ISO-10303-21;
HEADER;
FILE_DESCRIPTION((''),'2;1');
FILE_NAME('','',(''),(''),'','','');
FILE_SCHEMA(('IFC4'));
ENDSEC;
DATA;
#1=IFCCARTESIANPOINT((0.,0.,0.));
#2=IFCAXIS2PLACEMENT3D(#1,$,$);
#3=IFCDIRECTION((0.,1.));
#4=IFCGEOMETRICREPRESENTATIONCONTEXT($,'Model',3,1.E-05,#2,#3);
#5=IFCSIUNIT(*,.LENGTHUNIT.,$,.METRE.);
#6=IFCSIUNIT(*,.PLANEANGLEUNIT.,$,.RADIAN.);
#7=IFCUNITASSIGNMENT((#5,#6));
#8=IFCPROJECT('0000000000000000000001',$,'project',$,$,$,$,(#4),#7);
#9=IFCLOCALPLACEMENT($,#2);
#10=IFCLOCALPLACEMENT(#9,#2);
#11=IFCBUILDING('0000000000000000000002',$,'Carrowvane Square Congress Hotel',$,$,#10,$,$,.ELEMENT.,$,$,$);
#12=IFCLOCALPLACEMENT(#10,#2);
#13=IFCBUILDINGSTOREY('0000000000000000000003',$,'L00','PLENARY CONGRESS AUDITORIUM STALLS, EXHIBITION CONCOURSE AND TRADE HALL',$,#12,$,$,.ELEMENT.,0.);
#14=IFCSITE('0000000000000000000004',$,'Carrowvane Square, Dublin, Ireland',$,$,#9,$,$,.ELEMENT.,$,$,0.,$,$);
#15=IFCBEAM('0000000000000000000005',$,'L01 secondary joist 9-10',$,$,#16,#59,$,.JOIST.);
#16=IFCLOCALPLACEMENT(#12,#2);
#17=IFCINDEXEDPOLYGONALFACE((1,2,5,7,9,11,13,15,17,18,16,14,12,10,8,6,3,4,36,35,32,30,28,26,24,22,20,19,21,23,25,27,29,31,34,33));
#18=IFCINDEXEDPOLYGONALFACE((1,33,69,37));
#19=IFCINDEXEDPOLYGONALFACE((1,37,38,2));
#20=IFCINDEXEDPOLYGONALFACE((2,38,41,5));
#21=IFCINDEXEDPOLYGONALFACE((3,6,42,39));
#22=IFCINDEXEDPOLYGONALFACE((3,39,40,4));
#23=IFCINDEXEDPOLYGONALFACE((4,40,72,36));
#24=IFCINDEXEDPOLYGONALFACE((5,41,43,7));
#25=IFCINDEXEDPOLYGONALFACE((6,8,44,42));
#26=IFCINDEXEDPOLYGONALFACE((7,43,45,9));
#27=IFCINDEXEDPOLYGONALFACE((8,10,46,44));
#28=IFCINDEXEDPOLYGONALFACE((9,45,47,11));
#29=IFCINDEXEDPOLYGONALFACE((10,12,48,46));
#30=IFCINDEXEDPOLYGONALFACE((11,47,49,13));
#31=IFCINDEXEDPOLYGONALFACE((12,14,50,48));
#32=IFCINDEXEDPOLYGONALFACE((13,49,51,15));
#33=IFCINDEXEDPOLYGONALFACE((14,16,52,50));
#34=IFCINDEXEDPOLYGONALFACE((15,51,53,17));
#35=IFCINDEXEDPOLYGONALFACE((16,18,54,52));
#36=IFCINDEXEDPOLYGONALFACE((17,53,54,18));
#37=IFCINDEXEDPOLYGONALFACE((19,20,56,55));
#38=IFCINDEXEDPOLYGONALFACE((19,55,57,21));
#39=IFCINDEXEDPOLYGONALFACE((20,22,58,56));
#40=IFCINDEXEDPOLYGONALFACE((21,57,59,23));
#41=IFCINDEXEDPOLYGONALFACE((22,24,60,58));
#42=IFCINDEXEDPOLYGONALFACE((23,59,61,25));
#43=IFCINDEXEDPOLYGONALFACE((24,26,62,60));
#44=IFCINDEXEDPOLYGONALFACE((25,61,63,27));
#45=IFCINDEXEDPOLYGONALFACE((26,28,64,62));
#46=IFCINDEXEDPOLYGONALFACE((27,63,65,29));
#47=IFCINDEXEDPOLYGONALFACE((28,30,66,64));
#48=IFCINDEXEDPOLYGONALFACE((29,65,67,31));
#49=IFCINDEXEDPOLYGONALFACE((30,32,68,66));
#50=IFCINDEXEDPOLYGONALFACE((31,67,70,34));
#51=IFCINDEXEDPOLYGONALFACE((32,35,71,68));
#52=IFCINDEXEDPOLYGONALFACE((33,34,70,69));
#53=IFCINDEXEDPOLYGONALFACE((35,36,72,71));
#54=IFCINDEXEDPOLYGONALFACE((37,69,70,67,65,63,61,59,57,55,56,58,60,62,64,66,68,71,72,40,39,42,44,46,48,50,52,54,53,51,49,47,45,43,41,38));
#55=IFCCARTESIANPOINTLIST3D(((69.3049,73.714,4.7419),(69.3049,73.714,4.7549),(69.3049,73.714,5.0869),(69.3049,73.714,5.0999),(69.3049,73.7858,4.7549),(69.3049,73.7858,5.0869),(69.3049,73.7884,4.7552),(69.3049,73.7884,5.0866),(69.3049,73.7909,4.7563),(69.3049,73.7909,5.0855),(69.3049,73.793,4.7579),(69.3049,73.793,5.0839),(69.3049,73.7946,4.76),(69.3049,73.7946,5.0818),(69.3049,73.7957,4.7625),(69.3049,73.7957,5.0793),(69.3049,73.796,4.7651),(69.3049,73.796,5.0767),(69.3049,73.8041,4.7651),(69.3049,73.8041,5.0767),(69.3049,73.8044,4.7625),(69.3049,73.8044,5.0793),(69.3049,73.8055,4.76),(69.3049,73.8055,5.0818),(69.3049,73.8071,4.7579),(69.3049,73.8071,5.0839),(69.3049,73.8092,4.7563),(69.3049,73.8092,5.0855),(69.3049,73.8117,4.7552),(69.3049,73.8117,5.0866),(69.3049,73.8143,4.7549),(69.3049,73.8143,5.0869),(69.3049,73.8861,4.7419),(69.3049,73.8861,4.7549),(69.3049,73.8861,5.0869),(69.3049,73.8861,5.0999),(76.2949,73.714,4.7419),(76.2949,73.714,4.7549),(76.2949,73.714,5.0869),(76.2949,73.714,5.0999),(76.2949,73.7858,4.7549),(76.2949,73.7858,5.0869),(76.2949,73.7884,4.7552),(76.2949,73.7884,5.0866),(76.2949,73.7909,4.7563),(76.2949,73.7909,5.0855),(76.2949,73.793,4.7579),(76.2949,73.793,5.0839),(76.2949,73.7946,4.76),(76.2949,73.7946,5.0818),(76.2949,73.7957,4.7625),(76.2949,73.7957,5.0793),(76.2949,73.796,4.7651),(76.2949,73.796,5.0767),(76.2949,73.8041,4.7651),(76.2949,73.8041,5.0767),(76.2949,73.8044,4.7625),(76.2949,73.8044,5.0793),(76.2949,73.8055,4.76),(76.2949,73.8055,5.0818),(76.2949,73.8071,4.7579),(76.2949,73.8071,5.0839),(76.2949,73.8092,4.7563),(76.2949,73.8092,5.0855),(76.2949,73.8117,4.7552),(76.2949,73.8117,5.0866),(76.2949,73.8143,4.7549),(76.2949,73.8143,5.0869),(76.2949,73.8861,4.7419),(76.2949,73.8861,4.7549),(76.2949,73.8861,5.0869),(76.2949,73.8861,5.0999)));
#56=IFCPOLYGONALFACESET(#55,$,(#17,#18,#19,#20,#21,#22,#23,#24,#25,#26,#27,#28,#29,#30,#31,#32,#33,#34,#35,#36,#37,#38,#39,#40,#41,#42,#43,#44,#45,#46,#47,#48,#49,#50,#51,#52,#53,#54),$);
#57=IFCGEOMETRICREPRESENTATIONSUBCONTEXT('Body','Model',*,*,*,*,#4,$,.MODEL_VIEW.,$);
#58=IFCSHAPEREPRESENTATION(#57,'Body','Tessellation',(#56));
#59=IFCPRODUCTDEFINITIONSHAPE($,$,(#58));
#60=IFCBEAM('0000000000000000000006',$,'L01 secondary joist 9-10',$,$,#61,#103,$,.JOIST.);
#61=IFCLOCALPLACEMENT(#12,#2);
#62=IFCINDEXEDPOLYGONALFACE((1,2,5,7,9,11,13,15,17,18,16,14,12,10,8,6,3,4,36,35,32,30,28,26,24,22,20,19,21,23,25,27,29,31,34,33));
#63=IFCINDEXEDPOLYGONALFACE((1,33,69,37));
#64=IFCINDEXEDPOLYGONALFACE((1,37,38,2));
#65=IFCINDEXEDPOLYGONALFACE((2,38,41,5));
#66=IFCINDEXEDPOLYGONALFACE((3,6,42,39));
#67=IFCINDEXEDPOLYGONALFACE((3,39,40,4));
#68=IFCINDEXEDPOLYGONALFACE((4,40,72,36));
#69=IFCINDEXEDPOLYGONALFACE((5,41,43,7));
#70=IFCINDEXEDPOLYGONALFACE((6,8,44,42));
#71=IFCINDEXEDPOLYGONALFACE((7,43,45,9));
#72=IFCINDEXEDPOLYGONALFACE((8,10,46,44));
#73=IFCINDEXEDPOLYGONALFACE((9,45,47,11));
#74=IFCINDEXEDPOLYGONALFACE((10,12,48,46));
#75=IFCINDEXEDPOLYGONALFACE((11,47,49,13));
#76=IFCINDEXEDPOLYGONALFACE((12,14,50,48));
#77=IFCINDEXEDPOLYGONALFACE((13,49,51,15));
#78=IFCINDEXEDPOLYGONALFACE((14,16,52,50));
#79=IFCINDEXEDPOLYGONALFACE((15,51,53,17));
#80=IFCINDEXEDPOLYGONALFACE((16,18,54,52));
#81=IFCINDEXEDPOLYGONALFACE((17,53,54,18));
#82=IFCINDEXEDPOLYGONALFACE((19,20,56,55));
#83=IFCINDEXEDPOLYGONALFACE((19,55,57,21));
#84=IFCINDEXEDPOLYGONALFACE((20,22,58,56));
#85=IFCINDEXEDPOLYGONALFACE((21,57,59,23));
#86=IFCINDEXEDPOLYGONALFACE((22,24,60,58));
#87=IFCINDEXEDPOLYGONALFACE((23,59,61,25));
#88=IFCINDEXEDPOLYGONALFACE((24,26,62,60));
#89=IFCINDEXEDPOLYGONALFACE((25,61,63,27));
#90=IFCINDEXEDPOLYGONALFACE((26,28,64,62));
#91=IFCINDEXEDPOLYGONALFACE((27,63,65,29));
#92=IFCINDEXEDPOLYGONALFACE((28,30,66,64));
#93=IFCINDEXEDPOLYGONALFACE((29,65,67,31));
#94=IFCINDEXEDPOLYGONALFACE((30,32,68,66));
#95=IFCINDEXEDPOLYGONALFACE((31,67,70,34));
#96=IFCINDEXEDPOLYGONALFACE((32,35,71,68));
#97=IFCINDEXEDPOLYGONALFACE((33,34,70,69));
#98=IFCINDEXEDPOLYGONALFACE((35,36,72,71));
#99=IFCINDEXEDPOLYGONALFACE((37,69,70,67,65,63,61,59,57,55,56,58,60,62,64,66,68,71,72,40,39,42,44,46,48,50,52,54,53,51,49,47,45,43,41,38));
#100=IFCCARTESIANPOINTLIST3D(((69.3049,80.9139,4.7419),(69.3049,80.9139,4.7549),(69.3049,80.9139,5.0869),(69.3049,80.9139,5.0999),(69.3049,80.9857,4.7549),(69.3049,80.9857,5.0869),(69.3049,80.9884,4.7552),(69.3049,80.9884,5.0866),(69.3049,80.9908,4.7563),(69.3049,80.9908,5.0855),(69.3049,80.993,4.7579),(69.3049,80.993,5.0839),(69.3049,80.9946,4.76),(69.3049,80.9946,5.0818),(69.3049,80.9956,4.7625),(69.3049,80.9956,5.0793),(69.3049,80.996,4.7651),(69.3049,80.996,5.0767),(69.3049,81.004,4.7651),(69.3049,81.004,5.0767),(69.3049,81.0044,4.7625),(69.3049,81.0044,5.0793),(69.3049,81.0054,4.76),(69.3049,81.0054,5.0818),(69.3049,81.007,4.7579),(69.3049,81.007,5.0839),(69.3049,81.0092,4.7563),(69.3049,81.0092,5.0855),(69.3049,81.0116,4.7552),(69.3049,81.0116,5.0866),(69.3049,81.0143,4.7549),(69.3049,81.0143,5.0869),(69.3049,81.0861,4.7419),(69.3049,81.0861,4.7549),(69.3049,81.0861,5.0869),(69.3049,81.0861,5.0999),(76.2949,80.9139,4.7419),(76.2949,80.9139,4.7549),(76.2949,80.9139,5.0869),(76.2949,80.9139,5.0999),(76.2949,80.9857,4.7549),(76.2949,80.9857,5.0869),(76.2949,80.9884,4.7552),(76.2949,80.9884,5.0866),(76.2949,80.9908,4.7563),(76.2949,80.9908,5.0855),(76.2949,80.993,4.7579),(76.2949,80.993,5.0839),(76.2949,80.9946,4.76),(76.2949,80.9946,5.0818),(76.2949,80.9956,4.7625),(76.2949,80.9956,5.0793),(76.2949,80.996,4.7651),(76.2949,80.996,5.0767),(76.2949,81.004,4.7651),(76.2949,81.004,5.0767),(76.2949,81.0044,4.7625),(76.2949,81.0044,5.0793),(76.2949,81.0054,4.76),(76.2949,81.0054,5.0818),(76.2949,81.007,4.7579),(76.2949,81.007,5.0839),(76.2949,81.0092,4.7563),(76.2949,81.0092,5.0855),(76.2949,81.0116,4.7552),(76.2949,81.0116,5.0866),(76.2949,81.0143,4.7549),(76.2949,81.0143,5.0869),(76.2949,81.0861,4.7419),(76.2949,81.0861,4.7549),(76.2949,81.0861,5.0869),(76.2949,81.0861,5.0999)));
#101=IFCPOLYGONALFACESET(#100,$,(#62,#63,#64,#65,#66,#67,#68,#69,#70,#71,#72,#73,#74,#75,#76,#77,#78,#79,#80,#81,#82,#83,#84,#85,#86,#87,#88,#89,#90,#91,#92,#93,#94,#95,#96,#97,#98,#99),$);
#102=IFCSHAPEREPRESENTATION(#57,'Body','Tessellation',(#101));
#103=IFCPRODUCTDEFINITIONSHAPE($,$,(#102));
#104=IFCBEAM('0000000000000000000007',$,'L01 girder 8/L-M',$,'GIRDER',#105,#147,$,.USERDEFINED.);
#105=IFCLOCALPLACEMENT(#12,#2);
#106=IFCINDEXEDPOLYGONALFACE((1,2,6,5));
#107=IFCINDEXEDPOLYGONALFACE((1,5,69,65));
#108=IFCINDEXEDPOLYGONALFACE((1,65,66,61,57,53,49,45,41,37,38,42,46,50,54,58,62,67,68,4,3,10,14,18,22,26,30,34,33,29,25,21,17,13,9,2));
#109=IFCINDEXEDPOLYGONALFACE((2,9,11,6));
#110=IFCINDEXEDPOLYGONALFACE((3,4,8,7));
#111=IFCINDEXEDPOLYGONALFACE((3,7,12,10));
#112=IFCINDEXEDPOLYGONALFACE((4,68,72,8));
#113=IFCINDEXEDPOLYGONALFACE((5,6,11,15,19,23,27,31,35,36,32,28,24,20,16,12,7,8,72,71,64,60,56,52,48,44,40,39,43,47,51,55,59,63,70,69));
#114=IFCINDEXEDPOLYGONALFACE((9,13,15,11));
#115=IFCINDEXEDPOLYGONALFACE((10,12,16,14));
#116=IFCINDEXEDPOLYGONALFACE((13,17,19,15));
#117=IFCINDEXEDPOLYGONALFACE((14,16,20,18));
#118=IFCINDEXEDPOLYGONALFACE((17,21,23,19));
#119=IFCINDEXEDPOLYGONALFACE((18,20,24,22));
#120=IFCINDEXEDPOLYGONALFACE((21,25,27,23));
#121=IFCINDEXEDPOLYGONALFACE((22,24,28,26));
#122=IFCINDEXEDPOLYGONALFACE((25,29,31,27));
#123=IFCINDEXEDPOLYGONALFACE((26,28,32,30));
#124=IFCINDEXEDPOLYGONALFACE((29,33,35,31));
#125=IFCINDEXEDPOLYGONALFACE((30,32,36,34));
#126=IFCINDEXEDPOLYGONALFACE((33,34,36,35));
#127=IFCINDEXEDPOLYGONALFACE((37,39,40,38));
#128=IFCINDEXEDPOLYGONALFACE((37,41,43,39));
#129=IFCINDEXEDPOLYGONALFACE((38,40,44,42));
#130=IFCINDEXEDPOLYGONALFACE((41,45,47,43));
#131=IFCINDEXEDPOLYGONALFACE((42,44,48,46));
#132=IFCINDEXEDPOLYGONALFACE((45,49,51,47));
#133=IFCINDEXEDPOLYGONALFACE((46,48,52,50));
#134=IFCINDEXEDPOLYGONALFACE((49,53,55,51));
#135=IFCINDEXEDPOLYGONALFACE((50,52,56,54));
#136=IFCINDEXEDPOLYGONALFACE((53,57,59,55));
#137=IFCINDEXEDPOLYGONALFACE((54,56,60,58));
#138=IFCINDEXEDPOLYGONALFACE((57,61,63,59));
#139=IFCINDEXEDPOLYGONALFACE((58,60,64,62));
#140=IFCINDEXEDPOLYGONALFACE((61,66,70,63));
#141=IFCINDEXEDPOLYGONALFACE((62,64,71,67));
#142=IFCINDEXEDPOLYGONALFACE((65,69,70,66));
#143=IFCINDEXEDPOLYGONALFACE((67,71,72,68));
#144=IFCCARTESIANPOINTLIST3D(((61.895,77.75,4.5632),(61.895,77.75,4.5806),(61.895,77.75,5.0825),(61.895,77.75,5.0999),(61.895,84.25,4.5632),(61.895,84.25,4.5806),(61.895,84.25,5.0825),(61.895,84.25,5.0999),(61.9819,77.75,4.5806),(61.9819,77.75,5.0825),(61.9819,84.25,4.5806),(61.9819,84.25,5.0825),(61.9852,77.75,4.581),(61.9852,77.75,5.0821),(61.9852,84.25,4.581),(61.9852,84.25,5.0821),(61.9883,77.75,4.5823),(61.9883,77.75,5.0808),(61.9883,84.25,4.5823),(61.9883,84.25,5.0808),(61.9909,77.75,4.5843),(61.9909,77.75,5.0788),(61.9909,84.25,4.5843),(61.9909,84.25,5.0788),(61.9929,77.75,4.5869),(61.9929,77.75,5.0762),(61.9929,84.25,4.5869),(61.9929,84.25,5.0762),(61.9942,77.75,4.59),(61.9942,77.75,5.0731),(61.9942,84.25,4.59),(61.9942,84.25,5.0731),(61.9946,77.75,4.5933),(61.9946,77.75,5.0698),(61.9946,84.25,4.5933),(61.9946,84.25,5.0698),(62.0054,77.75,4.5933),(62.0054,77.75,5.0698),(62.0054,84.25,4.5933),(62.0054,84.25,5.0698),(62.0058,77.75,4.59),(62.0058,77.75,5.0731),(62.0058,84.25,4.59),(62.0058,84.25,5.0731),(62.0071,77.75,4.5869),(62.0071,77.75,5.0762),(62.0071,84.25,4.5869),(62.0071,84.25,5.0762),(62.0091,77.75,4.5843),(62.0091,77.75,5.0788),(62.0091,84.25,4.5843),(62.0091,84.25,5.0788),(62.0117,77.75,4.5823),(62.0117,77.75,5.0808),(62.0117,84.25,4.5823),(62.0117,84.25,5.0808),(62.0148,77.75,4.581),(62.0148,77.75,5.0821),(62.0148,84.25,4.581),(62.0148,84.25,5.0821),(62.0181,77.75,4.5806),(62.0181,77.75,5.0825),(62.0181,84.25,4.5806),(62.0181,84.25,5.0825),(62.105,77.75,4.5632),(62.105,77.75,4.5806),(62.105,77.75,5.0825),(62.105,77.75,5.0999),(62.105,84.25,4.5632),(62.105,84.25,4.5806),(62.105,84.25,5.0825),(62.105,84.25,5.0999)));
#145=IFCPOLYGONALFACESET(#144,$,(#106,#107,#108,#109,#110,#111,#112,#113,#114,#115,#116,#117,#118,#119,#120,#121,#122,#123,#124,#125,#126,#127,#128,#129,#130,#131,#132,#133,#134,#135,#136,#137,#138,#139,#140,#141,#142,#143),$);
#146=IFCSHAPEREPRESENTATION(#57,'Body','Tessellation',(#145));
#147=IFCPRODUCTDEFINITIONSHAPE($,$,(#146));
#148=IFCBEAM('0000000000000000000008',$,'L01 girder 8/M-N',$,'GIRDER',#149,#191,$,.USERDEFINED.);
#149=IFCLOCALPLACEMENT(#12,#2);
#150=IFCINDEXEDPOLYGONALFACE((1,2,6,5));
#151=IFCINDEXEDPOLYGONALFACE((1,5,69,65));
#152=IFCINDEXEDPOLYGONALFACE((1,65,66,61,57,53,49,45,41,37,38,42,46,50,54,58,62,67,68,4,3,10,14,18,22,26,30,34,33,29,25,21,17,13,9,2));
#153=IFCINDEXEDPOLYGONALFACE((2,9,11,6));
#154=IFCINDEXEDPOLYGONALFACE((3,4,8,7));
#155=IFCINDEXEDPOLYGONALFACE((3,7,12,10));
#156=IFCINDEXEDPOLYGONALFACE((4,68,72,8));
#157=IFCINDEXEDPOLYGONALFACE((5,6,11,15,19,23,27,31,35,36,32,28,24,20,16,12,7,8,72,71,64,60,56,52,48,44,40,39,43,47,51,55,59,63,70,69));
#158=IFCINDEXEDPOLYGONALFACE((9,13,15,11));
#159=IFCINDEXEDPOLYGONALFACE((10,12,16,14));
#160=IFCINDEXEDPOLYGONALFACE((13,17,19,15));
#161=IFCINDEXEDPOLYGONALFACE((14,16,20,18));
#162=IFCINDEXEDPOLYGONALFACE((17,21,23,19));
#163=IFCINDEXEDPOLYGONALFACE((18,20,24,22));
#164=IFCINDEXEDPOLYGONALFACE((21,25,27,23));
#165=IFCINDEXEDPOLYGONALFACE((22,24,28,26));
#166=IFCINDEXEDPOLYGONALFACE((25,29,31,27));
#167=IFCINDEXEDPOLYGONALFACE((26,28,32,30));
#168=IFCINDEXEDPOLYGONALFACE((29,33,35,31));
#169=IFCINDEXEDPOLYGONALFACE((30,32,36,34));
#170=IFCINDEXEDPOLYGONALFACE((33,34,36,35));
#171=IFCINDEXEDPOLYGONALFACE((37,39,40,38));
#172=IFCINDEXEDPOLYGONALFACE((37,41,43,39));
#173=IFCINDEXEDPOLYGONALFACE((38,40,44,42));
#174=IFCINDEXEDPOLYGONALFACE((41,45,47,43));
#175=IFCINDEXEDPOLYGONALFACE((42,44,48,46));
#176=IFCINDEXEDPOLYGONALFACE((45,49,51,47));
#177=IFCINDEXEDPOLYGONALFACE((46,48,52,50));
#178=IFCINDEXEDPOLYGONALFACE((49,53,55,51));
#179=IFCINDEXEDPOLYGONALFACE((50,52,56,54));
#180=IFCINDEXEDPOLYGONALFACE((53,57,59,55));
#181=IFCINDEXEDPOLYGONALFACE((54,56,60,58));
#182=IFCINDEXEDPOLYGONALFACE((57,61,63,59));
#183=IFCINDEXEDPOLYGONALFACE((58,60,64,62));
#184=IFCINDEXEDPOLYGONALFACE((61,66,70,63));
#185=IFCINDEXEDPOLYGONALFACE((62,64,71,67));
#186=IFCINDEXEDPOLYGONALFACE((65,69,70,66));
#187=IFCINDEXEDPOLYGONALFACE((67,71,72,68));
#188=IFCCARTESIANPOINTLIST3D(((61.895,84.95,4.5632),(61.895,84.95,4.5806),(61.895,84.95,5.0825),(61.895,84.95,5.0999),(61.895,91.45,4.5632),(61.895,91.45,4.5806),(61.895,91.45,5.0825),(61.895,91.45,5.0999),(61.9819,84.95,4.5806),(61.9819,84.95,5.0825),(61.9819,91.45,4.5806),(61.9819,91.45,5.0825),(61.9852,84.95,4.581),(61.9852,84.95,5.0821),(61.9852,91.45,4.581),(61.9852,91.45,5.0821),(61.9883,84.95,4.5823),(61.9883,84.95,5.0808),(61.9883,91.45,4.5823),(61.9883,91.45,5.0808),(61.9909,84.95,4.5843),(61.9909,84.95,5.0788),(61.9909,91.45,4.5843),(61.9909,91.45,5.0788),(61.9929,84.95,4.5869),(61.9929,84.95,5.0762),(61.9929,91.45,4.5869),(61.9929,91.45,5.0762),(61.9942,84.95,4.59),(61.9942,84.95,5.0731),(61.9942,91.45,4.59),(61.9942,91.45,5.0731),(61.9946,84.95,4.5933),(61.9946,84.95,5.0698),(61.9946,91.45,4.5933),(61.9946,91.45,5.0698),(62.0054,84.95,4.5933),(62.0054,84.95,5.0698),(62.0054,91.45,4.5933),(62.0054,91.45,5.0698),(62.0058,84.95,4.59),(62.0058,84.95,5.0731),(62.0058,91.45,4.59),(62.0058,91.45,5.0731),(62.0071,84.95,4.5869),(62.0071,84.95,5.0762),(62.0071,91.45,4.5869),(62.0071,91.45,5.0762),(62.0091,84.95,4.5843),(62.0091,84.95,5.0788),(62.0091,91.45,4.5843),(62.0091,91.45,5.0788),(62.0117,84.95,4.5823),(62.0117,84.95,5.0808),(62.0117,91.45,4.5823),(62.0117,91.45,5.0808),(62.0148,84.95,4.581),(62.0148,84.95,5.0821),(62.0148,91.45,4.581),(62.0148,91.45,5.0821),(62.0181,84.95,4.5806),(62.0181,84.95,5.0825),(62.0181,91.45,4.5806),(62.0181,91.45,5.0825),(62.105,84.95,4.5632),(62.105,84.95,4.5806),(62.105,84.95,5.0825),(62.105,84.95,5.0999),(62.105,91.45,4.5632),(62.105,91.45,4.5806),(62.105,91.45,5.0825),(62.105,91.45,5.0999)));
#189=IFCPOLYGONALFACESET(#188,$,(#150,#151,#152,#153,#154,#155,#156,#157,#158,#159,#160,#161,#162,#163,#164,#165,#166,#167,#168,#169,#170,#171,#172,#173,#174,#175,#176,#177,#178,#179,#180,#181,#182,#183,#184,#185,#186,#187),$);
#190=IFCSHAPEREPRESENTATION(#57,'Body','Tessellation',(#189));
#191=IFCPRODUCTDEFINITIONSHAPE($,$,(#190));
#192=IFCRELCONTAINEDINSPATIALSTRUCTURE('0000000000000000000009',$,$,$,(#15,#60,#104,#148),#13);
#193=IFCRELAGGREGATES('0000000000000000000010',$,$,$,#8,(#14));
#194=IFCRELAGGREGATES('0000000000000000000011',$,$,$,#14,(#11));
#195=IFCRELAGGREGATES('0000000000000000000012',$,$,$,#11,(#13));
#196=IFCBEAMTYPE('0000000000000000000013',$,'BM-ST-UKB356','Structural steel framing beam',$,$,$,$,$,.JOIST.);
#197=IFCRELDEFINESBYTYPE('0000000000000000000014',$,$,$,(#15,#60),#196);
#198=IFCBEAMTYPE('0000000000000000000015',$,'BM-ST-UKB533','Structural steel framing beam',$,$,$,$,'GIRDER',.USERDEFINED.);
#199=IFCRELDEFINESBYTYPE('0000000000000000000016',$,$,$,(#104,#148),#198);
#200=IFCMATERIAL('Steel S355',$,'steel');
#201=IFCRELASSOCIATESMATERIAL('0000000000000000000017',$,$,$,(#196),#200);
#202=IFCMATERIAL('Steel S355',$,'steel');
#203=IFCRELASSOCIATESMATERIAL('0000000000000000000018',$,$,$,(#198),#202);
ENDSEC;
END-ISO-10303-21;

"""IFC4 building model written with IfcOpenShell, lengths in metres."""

from ifc_helpers import new_model, si_unit, direction, frame, origin, origin_2d, place, context, subcontext, project, spatial, i_section, extrude, material, material_profile, profile_set, type_object, element, save


model = new_model("IFC4")

# Units and contexts
model_context = context("Model", 3, precision=1e-05, world=origin(), true_north=direction((0.0, 1.0)))
body_context = subcontext(model_context, "Body", "Model", "MODEL_VIEW")
ifc_project = project(units=[si_unit("LENGTHUNIT", "METRE"), si_unit("PLANEANGLEUNIT", "RADIAN")], contexts=[model_context])

# Site, building, storey
site_placement = place(None, origin())
site = spatial("IfcSite", under=ifc_project, at=site_placement, Name="Carrowvane Square, Dublin, Ireland", CompositionType="ELEMENT", RefElevation=0.0)
building_placement = place(site_placement, origin())
building = spatial("IfcBuilding", under=site, at=building_placement, Name="Carrowvane Square Congress Hotel", CompositionType="ELEMENT")
storey_placement = place(building_placement, origin())
storey = spatial("IfcBuildingStorey", under=building, at=storey_placement, Name="L00", Description="PLENARY CONGRESS AUDITORIUM STALLS, EXHIBITION CONCOURSE AND TRADE HALL", CompositionType="ELEMENT", Elevation=0.0)

# Beams
ifc_material_1 = material(Name="Steel S355", Category="steel")
ifc_material_profile_1 = material_profile(ifc_material_1, i_section(OverallWidth=0.1721, OverallDepth=0.3579, WebThickness=0.0081, FlangeThickness=0.0129, FilletRadius=0.0103, at=origin_2d()), Name="UKB 356x171x57")
ifc_profile_set_1 = profile_set([ifc_material_profile_1], Name="Steel S355")
beam_type_1 = type_object("IfcBeamType", Name="BM-ST-UKB356", Description="Structural steel framing beam", PredefinedType="JOIST", material=ifc_profile_set_1)
for number, where, z_axis, x_axis, name in (
    (1, (69.3049, 73.8, 4.9209), (1.0, 0.0, 0.0), (0.0, 1.0, 0.0), "L01 secondary joist 9-10"),
    (2, (69.3049, 81.0, 4.9209), (1.0, 0.0, 0.0), (0.0, 1.0, 0.0), "L01 secondary joist 9-10"),
):
    element("IfcBeam", number, at=place(storey_placement, frame(where, z_axis=z_axis, x_axis=x_axis)), inside=storey, type_object=beam_type_1, Name=name, PredefinedType="JOIST", context=body_context, shape_type="SweptSolid", body=[
        extrude(i_section(OverallWidth=0.1721, OverallDepth=0.3579, WebThickness=0.0081, FlangeThickness=0.0129, FilletRadius=0.0103, at=origin_2d()), origin(), (0.0, 0.0, 1.0), 6.99),
    ])
ifc_material_2 = material(Name="Steel S355", Category="steel")
ifc_material_profile_2 = material_profile(ifc_material_2, i_section(OverallWidth=0.21, OverallDepth=0.5366, WebThickness=0.0107, FlangeThickness=0.0173, FilletRadius=0.0127, at=origin_2d()), Name="UKB 533x210x101")
ifc_profile_set_2 = profile_set([ifc_material_profile_2], Name="Steel S355")
beam_type_2 = type_object("IfcBeamType", Name="BM-ST-UKB533", Description="Structural steel framing beam", ElementType="GIRDER", PredefinedType="USERDEFINED", material=ifc_profile_set_2)
for number, where, z_axis, x_axis, name in (
    (3, (62.0, 77.75, 4.8315), (0.0, 1.0, 0.0), (-1.0, 0.0, 0.0), "L01 girder 8/L-M"),
    (4, (62.0, 84.95, 4.8315), (0.0, 1.0, 0.0), (-1.0, 0.0, 0.0), "L01 girder 8/M-N"),
):
    element("IfcBeam", number, at=place(storey_placement, frame(where, z_axis=z_axis, x_axis=x_axis)), inside=storey, type_object=beam_type_2, Name=name, ObjectType="GIRDER", PredefinedType="USERDEFINED", context=body_context, shape_type="SweptSolid", body=[
        extrude(i_section(OverallWidth=0.21, OverallDepth=0.5366, WebThickness=0.0107, FlangeThickness=0.0173, FilletRadius=0.0127, at=origin_2d()), origin(), (0.0, 0.0, 1.0), 6.5),
    ])

save(model, "model.ifc")
